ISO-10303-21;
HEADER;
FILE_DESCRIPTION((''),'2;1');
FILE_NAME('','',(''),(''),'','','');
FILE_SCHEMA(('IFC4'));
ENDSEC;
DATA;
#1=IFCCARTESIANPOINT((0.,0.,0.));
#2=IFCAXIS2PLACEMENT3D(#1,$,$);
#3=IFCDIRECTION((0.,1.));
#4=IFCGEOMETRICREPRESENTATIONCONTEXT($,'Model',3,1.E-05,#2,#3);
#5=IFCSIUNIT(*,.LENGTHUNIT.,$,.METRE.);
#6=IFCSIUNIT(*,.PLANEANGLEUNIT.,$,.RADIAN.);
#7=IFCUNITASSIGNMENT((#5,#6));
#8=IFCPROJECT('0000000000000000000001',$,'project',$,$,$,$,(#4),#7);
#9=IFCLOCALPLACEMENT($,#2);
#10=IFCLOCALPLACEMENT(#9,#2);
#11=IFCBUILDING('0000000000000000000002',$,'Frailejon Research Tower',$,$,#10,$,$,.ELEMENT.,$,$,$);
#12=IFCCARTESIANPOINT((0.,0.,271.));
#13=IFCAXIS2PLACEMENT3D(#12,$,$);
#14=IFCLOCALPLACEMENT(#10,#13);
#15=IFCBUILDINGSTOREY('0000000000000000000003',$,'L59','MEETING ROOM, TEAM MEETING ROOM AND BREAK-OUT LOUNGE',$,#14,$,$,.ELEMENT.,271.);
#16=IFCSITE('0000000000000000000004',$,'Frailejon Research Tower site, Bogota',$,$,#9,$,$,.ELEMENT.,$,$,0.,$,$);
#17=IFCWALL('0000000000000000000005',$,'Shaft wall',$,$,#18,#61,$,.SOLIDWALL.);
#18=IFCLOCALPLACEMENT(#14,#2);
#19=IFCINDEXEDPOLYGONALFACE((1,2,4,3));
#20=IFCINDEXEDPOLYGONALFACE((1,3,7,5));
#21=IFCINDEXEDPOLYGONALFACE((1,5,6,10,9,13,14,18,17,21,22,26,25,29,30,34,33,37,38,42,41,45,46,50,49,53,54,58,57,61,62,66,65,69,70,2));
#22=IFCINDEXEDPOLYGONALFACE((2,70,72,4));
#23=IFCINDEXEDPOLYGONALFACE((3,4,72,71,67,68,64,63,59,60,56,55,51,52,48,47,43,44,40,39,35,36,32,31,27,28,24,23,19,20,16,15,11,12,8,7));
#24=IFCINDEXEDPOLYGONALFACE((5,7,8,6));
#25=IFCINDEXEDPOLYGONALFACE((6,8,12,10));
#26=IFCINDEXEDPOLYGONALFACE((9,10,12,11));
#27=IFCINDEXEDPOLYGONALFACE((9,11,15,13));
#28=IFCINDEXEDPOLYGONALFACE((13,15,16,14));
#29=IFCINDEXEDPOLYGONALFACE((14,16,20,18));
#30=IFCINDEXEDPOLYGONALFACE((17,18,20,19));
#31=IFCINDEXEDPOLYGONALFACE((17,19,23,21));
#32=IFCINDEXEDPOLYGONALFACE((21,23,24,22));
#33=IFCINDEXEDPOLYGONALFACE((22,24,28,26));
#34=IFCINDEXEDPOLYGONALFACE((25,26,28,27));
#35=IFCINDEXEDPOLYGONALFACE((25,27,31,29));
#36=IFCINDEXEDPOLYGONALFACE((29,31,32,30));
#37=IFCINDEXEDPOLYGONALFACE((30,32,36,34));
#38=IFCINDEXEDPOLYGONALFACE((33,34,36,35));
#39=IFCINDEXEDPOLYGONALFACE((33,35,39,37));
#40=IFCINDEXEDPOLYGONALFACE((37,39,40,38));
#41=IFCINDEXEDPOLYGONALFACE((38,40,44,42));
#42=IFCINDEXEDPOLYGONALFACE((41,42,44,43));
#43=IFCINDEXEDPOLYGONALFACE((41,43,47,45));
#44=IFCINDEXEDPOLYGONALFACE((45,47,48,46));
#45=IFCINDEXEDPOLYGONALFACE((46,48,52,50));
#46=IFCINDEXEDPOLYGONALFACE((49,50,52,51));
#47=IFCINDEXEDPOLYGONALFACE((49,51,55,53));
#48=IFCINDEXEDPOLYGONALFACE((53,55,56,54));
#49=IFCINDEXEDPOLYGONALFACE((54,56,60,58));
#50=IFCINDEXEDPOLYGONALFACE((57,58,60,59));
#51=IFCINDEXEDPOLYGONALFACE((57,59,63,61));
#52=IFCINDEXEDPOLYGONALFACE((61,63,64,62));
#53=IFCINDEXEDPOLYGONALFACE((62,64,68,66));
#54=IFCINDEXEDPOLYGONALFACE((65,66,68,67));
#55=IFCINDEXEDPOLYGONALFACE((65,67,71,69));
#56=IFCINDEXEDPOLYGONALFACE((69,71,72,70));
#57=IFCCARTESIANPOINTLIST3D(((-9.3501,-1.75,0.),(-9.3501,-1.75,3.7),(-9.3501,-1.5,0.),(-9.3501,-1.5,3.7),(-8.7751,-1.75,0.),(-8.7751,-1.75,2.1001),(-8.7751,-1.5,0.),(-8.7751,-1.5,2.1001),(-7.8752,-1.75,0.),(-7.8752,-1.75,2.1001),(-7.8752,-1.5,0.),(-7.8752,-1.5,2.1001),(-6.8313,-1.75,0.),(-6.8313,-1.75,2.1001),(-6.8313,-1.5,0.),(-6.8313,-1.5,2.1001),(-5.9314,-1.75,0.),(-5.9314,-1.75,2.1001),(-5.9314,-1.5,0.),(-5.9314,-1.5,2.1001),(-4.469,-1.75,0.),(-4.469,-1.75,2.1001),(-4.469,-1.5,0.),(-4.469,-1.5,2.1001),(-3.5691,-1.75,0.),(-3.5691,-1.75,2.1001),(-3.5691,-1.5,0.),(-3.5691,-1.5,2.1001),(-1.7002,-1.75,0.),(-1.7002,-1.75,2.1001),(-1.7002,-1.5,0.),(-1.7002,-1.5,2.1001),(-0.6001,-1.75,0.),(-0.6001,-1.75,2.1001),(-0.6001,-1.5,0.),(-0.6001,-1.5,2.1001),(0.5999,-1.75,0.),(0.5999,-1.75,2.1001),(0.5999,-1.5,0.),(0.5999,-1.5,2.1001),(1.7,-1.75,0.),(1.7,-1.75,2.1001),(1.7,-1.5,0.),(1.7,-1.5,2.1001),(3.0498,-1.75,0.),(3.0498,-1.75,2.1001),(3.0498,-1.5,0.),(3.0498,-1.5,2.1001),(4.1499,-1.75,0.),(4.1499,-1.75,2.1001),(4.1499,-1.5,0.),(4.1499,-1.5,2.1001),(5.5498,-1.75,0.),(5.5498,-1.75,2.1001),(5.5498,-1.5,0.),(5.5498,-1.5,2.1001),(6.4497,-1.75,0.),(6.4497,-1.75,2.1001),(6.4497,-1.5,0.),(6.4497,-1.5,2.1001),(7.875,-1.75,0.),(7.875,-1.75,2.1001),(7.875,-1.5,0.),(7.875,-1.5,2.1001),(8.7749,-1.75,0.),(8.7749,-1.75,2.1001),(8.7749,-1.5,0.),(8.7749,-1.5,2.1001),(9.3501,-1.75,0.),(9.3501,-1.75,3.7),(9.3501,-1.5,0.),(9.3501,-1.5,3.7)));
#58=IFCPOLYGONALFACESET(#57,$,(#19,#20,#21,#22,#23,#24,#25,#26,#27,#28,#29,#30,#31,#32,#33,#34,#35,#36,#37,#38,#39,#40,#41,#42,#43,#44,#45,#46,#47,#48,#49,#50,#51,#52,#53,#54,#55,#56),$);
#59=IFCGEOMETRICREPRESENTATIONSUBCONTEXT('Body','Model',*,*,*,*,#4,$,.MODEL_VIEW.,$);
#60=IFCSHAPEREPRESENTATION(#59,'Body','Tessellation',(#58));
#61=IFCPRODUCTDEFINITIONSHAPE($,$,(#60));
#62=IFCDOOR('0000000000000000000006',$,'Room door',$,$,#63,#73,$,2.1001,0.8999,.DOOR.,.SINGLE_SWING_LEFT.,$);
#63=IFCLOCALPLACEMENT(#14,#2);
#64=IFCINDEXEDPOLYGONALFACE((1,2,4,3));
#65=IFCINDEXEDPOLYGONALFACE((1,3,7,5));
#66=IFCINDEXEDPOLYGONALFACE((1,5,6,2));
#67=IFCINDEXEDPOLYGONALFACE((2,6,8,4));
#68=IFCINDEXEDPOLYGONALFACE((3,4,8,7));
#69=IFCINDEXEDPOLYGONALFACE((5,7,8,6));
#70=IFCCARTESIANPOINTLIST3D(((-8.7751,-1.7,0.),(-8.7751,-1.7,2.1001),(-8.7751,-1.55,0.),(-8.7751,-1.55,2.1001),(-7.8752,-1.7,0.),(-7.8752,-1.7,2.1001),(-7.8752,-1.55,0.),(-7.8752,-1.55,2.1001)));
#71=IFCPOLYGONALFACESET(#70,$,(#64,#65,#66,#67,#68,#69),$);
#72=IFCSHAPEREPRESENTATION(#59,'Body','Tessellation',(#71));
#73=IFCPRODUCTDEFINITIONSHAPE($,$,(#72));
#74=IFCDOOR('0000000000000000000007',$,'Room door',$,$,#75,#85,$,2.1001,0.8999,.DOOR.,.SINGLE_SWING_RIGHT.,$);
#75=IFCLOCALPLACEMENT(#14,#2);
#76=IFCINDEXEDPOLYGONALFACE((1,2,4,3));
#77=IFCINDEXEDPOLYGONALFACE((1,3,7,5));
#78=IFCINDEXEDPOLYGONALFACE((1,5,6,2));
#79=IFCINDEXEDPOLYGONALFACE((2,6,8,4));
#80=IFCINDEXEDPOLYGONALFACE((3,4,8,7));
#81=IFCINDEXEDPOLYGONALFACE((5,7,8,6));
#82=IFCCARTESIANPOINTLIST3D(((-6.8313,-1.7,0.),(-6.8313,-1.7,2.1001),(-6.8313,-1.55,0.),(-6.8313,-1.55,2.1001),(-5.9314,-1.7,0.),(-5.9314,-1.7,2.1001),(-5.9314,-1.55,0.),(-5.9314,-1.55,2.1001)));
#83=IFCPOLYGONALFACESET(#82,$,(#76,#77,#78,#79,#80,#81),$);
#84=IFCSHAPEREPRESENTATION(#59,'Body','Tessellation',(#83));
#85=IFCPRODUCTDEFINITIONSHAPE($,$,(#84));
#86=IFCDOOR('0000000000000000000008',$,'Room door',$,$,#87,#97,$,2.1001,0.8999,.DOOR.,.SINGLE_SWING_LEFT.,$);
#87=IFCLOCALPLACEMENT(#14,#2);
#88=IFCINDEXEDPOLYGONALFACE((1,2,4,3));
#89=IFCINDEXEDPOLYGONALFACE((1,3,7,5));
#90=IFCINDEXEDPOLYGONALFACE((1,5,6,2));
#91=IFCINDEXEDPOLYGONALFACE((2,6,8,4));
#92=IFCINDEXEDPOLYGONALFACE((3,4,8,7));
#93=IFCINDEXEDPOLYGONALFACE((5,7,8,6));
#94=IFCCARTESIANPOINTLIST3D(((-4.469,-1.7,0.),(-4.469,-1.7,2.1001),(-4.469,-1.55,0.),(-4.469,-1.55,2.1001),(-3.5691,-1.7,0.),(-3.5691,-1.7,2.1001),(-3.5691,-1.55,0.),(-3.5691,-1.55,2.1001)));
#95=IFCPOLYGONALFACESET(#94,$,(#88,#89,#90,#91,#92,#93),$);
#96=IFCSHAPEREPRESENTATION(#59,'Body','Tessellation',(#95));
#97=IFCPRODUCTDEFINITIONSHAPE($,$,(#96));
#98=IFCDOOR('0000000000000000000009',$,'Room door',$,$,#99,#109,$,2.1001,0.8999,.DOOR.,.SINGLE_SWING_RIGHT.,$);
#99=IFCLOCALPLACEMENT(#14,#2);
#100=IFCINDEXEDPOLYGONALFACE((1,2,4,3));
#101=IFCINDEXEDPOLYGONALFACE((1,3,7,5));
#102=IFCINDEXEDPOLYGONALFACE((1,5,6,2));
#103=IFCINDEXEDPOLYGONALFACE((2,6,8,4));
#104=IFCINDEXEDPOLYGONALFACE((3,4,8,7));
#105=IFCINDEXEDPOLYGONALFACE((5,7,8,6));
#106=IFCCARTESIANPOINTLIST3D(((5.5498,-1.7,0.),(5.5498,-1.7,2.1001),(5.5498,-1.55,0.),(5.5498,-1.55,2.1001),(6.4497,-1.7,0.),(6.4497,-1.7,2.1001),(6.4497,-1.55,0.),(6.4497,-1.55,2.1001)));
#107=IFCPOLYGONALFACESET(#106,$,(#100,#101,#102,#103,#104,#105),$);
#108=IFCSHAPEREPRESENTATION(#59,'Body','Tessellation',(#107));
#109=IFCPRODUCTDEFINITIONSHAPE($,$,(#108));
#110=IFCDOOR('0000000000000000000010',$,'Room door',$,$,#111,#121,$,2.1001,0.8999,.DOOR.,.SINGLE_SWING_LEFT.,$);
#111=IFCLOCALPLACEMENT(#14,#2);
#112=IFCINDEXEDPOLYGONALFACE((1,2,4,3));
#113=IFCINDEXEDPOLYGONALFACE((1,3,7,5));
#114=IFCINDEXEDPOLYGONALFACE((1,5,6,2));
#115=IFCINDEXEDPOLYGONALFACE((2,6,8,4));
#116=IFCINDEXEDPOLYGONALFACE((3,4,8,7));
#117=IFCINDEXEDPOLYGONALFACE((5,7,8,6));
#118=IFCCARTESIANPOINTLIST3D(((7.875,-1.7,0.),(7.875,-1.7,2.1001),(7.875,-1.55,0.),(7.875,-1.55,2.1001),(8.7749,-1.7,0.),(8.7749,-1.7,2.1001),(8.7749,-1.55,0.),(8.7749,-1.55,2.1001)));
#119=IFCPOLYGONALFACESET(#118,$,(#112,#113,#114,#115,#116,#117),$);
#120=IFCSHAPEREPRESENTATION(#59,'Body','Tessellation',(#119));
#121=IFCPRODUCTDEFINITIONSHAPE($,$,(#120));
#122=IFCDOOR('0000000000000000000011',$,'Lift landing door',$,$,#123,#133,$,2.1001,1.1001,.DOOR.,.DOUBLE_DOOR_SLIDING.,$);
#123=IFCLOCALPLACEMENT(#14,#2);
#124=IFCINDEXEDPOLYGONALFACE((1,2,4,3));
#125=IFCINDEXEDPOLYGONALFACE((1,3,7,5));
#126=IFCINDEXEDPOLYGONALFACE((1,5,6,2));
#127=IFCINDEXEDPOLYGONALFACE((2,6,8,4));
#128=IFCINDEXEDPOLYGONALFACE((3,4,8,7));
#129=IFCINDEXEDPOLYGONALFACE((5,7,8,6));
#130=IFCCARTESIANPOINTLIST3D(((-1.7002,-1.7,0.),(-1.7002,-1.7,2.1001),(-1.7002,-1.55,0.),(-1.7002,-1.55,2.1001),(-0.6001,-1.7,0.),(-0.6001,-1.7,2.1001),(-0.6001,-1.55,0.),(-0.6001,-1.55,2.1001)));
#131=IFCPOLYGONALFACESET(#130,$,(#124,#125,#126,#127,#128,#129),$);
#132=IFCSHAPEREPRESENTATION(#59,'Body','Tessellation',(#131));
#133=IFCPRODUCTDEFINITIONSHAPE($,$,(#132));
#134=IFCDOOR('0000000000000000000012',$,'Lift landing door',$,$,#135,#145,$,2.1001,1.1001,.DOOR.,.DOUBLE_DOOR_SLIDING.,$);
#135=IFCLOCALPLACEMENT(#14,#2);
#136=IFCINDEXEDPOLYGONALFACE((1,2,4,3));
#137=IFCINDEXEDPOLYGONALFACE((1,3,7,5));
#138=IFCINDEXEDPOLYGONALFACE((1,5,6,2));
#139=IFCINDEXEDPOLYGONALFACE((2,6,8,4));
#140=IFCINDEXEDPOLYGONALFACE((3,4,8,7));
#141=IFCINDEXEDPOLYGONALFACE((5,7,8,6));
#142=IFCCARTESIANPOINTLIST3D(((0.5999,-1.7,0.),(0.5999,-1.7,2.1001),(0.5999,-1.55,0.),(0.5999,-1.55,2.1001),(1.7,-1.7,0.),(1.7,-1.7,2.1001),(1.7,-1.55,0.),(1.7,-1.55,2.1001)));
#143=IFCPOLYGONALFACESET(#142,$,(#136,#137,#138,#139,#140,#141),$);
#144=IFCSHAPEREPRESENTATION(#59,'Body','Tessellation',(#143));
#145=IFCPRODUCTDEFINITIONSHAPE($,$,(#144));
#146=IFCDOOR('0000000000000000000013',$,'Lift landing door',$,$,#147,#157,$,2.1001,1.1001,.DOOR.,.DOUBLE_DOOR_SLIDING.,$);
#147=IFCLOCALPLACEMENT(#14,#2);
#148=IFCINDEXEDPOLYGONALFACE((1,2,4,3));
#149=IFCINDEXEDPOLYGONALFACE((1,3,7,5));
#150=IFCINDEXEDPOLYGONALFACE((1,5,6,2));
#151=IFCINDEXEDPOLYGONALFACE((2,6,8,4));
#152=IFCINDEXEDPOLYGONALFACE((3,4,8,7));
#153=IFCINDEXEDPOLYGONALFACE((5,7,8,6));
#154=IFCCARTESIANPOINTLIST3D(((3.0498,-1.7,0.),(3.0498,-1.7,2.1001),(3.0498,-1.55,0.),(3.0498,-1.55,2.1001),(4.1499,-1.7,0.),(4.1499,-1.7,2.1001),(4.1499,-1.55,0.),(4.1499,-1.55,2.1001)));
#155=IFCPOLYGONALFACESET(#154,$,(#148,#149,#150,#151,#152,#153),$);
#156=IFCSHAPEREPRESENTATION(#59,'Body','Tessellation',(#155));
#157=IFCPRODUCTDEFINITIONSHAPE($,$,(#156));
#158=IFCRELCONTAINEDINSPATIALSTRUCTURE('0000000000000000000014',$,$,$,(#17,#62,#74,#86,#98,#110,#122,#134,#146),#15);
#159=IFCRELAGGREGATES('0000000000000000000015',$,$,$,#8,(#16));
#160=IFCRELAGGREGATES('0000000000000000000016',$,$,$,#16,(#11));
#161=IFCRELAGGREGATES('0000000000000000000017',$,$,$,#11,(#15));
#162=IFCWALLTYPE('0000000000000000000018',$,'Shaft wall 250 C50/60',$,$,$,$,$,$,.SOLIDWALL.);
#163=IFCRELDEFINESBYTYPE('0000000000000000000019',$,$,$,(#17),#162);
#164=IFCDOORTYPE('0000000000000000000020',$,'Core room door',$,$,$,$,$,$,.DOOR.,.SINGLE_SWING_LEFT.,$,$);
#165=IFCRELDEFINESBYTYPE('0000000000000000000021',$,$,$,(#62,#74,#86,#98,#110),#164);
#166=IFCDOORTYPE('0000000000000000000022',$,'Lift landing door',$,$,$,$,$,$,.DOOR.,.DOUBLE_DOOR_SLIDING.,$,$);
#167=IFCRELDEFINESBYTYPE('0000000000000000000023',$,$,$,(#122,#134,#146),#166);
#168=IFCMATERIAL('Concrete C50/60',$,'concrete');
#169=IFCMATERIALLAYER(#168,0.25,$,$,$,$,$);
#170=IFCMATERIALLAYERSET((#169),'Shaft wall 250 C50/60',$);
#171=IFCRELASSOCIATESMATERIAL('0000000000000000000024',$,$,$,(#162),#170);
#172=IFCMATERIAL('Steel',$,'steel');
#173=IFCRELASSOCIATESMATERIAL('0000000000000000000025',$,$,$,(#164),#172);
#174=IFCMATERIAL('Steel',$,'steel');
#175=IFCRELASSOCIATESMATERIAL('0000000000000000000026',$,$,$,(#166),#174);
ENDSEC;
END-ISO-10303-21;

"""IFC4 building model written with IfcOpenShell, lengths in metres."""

from ifc_helpers import new_model, si_unit, direction, frame, frame_2d, origin, place, context, subcontext, project, spatial, rectangle, extrude, material, layer, layer_set, type_object, element, fill, save


model = new_model("IFC4")

# Units and contexts
model_context = context("Model", 3, precision=1e-05, world=origin(), true_north=direction((0.0, 1.0)))
body_context = subcontext(model_context, "Body", "Model", "MODEL_VIEW")
ifc_project = project(units=[si_unit("LENGTHUNIT", "METRE"), si_unit("PLANEANGLEUNIT", "RADIAN")], contexts=[model_context])

# Site, building, storey
site_placement = place(None, origin())
site = spatial("IfcSite", under=ifc_project, at=site_placement, Name="Frailejon Research Tower site, Bogota", CompositionType="ELEMENT", RefElevation=0.0)
building_placement = place(site_placement, origin())
building = spatial("IfcBuilding", under=site, at=building_placement, Name="Frailejon Research Tower", CompositionType="ELEMENT")
storey_placement = place(building_placement, frame((0.0, 0.0, 271.0)))
storey = spatial("IfcBuildingStorey", under=building, at=storey_placement, Name="L59", Description="MEETING ROOM, TEAM MEETING ROOM AND BREAK-OUT LOUNGE", CompositionType="ELEMENT", Elevation=271.0)

# Wall, openings, doors
ifc_material_1 = material(Name="Concrete C50/60", Category="concrete")
ifc_layer_1 = layer(ifc_material_1, 0.25)
ifc_layer_set_1 = layer_set([ifc_layer_1], Name="Shaft wall 250 C50/60")
wall_type_1 = type_object("IfcWallType", Name="Shaft wall 250 C50/60", PredefinedType="SOLIDWALL", material=ifc_layer_set_1)
wall_1_placement = place(storey_placement, frame((-9.3501, -1.625, 0.0), z_axis=(0.0, 0.0, 1.0), x_axis=(1.0, 0.0, 0.0)))
wall_1 = element("IfcWall", 1, at=wall_1_placement, inside=storey, type_object=wall_type_1, Name="Shaft wall", PredefinedType="SOLIDWALL", context=body_context, shape_type="SweptSolid", body=[
    extrude(rectangle(XDim=18.7002, YDim=0.25, at=frame_2d((9.3501, 0.0))), origin(), (0.0, 0.0, 1.0), 3.7),
])
opening_1_placement = place(wall_1_placement, frame((7.6499, 0.0, 0.0)))
opening_1 = element("IfcOpeningElement", 2, at=opening_1_placement, cuts=wall_1, PredefinedType="OPENING", context=body_context, shape_type="SweptSolid", body=[
    extrude(rectangle(XDim=1.1001, YDim=2.1001, at=frame_2d((0.55, 1.05))), frame((0.0, 0.135, 0.0), z_axis=(0.0, -1.0, 0.0), x_axis=(1.0, 0.0, 0.0)), (0.0, 0.0, 1.0), 0.27),
])
opening_2_placement = place(wall_1_placement, frame((9.95, 0.0, 0.0)))
opening_2 = element("IfcOpeningElement", 3, at=opening_2_placement, cuts=wall_1, PredefinedType="OPENING", context=body_context, shape_type="SweptSolid", body=[
    extrude(rectangle(XDim=1.1001, YDim=2.1001, at=frame_2d((0.55, 1.05))), frame((0.0, 0.135, 0.0), z_axis=(0.0, -1.0, 0.0), x_axis=(1.0, 0.0, 0.0)), (0.0, 0.0, 1.0), 0.27),
])
opening_3_placement = place(wall_1_placement, frame((12.3999, 0.0, 0.0)))
opening_3 = element("IfcOpeningElement", 4, at=opening_3_placement, cuts=wall_1, PredefinedType="OPENING", context=body_context, shape_type="SweptSolid", body=[
    extrude(rectangle(XDim=1.1001, YDim=2.1001, at=frame_2d((0.55, 1.05))), frame((0.0, 0.135, 0.0), z_axis=(0.0, -1.0, 0.0), x_axis=(1.0, 0.0, 0.0)), (0.0, 0.0, 1.0), 0.27),
])
opening_4_placement = place(wall_1_placement, frame((0.575, 0.0, 0.0)))
opening_4 = element("IfcOpeningElement", 5, at=opening_4_placement, cuts=wall_1, PredefinedType="OPENING", context=body_context, shape_type="SweptSolid", body=[
    extrude(rectangle(XDim=0.8999, YDim=2.1001, at=frame_2d((0.45, 1.05))), frame((0.0, 0.135, 0.0), z_axis=(0.0, -1.0, 0.0), x_axis=(1.0, 0.0, 0.0)), (0.0, 0.0, 1.0), 0.27),
])
opening_5_placement = place(wall_1_placement, frame((2.5188, 0.0, 0.0)))
opening_5 = element("IfcOpeningElement", 6, at=opening_5_placement, cuts=wall_1, PredefinedType="OPENING", context=body_context, shape_type="SweptSolid", body=[
    extrude(rectangle(XDim=0.8999, YDim=2.1001, at=frame_2d((0.45, 1.05))), frame((0.0, 0.135, 0.0), z_axis=(0.0, -1.0, 0.0), x_axis=(1.0, 0.0, 0.0)), (0.0, 0.0, 1.0), 0.27),
])
opening_6_placement = place(wall_1_placement, frame((4.8811, 0.0, 0.0)))
opening_6 = element("IfcOpeningElement", 7, at=opening_6_placement, cuts=wall_1, PredefinedType="OPENING", context=body_context, shape_type="SweptSolid", body=[
    extrude(rectangle(XDim=0.8999, YDim=2.1001, at=frame_2d((0.45, 1.05))), frame((0.0, 0.135, 0.0), z_axis=(0.0, -1.0, 0.0), x_axis=(1.0, 0.0, 0.0)), (0.0, 0.0, 1.0), 0.27),
])
opening_7_placement = place(wall_1_placement, frame((14.8999, 0.0, 0.0)))
opening_7 = element("IfcOpeningElement", 8, at=opening_7_placement, cuts=wall_1, PredefinedType="OPENING", context=body_context, shape_type="SweptSolid", body=[
    extrude(rectangle(XDim=0.8999, YDim=2.1001, at=frame_2d((0.45, 1.05))), frame((0.0, 0.135, 0.0), z_axis=(0.0, -1.0, 0.0), x_axis=(1.0, 0.0, 0.0)), (0.0, 0.0, 1.0), 0.27),
])
opening_8_placement = place(wall_1_placement, frame((17.2251, 0.0, 0.0)))
opening_8 = element("IfcOpeningElement", 9, at=opening_8_placement, cuts=wall_1, PredefinedType="OPENING", context=body_context, shape_type="SweptSolid", body=[
    extrude(rectangle(XDim=0.8999, YDim=2.1001, at=frame_2d((0.45, 1.05))), frame((0.0, 0.135, 0.0), z_axis=(0.0, -1.0, 0.0), x_axis=(1.0, 0.0, 0.0)), (0.0, 0.0, 1.0), 0.27),
])
ifc_material_2 = material(Name="Steel", Category="steel")
door_type_1 = type_object("IfcDoorType", Name="Core room door", OperationType="SINGLE_SWING_LEFT", PredefinedType="DOOR", material=ifc_material_2)
door_1_placement = place(opening_4_placement, origin())
door_1 = element("IfcDoor", 10, at=door_1_placement, inside=storey, type_object=door_type_1, Name="Room door", OperationType="SINGLE_SWING_LEFT", OverallHeight=2.1001, OverallWidth=0.8999, PredefinedType="DOOR", context=body_context, shape_type="SweptSolid", body=[
    extrude(rectangle(XDim=0.8999, YDim=2.1001, at=frame_2d((0.45, 1.05))), frame((0.0, 0.075, 0.0), z_axis=(0.0, -1.0, 0.0), x_axis=(1.0, 0.0, 0.0)), (0.0, 0.0, 1.0), 0.1499),
])
fill(opening_4, door_1)
door_2_placement = place(opening_5_placement, origin())
door_2 = element("IfcDoor", 11, at=door_2_placement, inside=storey, type_object=door_type_1, Name="Room door", OperationType="SINGLE_SWING_RIGHT", OverallHeight=2.1001, OverallWidth=0.8999, PredefinedType="DOOR", context=body_context, shape_type="SweptSolid", body=[
    extrude(rectangle(XDim=0.8999, YDim=2.1001, at=frame_2d((0.45, 1.05))), frame((0.0, 0.075, 0.0), z_axis=(0.0, -1.0, 0.0), x_axis=(1.0, 0.0, 0.0)), (0.0, 0.0, 1.0), 0.1499),
])
fill(opening_5, door_2)
door_3_placement = place(opening_6_placement, origin())
door_3 = element("IfcDoor", 12, at=door_3_placement, inside=storey, type_object=door_type_1, Name="Room door", OperationType="SINGLE_SWING_LEFT", OverallHeight=2.1001, OverallWidth=0.8999, PredefinedType="DOOR", context=body_context, shape_type="SweptSolid", body=[
    extrude(rectangle(XDim=0.8999, YDim=2.1001, at=frame_2d((0.45, 1.05))), frame((0.0, 0.075, 0.0), z_axis=(0.0, -1.0, 0.0), x_axis=(1.0, 0.0, 0.0)), (0.0, 0.0, 1.0), 0.1499),
])
fill(opening_6, door_3)
door_4_placement = place(opening_7_placement, origin())
door_4 = element("IfcDoor", 13, at=door_4_placement, inside=storey, type_object=door_type_1, Name="Room door", OperationType="SINGLE_SWING_RIGHT", OverallHeight=2.1001, OverallWidth=0.8999, PredefinedType="DOOR", context=body_context, shape_type="SweptSolid", body=[
    extrude(rectangle(XDim=0.8999, YDim=2.1001, at=frame_2d((0.45, 1.05))), frame((0.0, 0.075, 0.0), z_axis=(0.0, -1.0, 0.0), x_axis=(1.0, 0.0, 0.0)), (0.0, 0.0, 1.0), 0.1499),
])
fill(opening_7, door_4)
door_5_placement = place(opening_8_placement, origin())
door_5 = element("IfcDoor", 14, at=door_5_placement, inside=storey, type_object=door_type_1, Name="Room door", OperationType="SINGLE_SWING_LEFT", OverallHeight=2.1001, OverallWidth=0.8999, PredefinedType="DOOR", context=body_context, shape_type="SweptSolid", body=[
    extrude(rectangle(XDim=0.8999, YDim=2.1001, at=frame_2d((0.45, 1.05))), frame((0.0, 0.075, 0.0), z_axis=(0.0, -1.0, 0.0), x_axis=(1.0, 0.0, 0.0)), (0.0, 0.0, 1.0), 0.1499),
])
fill(opening_8, door_5)
ifc_material_3 = material(Name="Steel", Category="steel")
door_type_2 = type_object("IfcDoorType", Name="Lift landing door", OperationType="DOUBLE_DOOR_SLIDING", PredefinedType="DOOR", material=ifc_material_3)
door_6_placement = place(opening_1_placement, origin())
door_6 = element("IfcDoor", 15, at=door_6_placement, inside=storey, type_object=door_type_2, Name="Lift landing door", OperationType="DOUBLE_DOOR_SLIDING", OverallHeight=2.1001, OverallWidth=1.1001, PredefinedType="DOOR", context=body_context, shape_type="SweptSolid", body=[
    extrude(rectangle(XDim=1.1001, YDim=2.1001, at=frame_2d((0.55, 1.05))), frame((0.0, 0.075, 0.0), z_axis=(0.0, -1.0, 0.0), x_axis=(1.0, 0.0, 0.0)), (0.0, 0.0, 1.0), 0.1499),
])
fill(opening_1, door_6)
door_7_placement = place(opening_2_placement, origin())
door_7 = element("IfcDoor", 16, at=door_7_placement, inside=storey, type_object=door_type_2, Name="Lift landing door", OperationType="DOUBLE_DOOR_SLIDING", OverallHeight=2.1001, OverallWidth=1.1001, PredefinedType="DOOR", context=body_context, shape_type="SweptSolid", body=[
    extrude(rectangle(XDim=1.1001, YDim=2.1001, at=frame_2d((0.55, 1.05))), frame((0.0, 0.075, 0.0), z_axis=(0.0, -1.0, 0.0), x_axis=(1.0, 0.0, 0.0)), (0.0, 0.0, 1.0), 0.1499),
])
fill(opening_2, door_7)
door_8_placement = place(opening_3_placement, origin())
door_8 = element("IfcDoor", 17, at=door_8_placement, inside=storey, type_object=door_type_2, Name="Lift landing door", OperationType="DOUBLE_DOOR_SLIDING", OverallHeight=2.1001, OverallWidth=1.1001, PredefinedType="DOOR", context=body_context, shape_type="SweptSolid", body=[
    extrude(rectangle(XDim=1.1001, YDim=2.1001, at=frame_2d((0.55, 1.05))), frame((0.0, 0.075, 0.0), z_axis=(0.0, -1.0, 0.0), x_axis=(1.0, 0.0, 0.0)), (0.0, 0.0, 1.0), 0.1499),
])
fill(opening_3, door_8)

save(model, "model.ifc")
